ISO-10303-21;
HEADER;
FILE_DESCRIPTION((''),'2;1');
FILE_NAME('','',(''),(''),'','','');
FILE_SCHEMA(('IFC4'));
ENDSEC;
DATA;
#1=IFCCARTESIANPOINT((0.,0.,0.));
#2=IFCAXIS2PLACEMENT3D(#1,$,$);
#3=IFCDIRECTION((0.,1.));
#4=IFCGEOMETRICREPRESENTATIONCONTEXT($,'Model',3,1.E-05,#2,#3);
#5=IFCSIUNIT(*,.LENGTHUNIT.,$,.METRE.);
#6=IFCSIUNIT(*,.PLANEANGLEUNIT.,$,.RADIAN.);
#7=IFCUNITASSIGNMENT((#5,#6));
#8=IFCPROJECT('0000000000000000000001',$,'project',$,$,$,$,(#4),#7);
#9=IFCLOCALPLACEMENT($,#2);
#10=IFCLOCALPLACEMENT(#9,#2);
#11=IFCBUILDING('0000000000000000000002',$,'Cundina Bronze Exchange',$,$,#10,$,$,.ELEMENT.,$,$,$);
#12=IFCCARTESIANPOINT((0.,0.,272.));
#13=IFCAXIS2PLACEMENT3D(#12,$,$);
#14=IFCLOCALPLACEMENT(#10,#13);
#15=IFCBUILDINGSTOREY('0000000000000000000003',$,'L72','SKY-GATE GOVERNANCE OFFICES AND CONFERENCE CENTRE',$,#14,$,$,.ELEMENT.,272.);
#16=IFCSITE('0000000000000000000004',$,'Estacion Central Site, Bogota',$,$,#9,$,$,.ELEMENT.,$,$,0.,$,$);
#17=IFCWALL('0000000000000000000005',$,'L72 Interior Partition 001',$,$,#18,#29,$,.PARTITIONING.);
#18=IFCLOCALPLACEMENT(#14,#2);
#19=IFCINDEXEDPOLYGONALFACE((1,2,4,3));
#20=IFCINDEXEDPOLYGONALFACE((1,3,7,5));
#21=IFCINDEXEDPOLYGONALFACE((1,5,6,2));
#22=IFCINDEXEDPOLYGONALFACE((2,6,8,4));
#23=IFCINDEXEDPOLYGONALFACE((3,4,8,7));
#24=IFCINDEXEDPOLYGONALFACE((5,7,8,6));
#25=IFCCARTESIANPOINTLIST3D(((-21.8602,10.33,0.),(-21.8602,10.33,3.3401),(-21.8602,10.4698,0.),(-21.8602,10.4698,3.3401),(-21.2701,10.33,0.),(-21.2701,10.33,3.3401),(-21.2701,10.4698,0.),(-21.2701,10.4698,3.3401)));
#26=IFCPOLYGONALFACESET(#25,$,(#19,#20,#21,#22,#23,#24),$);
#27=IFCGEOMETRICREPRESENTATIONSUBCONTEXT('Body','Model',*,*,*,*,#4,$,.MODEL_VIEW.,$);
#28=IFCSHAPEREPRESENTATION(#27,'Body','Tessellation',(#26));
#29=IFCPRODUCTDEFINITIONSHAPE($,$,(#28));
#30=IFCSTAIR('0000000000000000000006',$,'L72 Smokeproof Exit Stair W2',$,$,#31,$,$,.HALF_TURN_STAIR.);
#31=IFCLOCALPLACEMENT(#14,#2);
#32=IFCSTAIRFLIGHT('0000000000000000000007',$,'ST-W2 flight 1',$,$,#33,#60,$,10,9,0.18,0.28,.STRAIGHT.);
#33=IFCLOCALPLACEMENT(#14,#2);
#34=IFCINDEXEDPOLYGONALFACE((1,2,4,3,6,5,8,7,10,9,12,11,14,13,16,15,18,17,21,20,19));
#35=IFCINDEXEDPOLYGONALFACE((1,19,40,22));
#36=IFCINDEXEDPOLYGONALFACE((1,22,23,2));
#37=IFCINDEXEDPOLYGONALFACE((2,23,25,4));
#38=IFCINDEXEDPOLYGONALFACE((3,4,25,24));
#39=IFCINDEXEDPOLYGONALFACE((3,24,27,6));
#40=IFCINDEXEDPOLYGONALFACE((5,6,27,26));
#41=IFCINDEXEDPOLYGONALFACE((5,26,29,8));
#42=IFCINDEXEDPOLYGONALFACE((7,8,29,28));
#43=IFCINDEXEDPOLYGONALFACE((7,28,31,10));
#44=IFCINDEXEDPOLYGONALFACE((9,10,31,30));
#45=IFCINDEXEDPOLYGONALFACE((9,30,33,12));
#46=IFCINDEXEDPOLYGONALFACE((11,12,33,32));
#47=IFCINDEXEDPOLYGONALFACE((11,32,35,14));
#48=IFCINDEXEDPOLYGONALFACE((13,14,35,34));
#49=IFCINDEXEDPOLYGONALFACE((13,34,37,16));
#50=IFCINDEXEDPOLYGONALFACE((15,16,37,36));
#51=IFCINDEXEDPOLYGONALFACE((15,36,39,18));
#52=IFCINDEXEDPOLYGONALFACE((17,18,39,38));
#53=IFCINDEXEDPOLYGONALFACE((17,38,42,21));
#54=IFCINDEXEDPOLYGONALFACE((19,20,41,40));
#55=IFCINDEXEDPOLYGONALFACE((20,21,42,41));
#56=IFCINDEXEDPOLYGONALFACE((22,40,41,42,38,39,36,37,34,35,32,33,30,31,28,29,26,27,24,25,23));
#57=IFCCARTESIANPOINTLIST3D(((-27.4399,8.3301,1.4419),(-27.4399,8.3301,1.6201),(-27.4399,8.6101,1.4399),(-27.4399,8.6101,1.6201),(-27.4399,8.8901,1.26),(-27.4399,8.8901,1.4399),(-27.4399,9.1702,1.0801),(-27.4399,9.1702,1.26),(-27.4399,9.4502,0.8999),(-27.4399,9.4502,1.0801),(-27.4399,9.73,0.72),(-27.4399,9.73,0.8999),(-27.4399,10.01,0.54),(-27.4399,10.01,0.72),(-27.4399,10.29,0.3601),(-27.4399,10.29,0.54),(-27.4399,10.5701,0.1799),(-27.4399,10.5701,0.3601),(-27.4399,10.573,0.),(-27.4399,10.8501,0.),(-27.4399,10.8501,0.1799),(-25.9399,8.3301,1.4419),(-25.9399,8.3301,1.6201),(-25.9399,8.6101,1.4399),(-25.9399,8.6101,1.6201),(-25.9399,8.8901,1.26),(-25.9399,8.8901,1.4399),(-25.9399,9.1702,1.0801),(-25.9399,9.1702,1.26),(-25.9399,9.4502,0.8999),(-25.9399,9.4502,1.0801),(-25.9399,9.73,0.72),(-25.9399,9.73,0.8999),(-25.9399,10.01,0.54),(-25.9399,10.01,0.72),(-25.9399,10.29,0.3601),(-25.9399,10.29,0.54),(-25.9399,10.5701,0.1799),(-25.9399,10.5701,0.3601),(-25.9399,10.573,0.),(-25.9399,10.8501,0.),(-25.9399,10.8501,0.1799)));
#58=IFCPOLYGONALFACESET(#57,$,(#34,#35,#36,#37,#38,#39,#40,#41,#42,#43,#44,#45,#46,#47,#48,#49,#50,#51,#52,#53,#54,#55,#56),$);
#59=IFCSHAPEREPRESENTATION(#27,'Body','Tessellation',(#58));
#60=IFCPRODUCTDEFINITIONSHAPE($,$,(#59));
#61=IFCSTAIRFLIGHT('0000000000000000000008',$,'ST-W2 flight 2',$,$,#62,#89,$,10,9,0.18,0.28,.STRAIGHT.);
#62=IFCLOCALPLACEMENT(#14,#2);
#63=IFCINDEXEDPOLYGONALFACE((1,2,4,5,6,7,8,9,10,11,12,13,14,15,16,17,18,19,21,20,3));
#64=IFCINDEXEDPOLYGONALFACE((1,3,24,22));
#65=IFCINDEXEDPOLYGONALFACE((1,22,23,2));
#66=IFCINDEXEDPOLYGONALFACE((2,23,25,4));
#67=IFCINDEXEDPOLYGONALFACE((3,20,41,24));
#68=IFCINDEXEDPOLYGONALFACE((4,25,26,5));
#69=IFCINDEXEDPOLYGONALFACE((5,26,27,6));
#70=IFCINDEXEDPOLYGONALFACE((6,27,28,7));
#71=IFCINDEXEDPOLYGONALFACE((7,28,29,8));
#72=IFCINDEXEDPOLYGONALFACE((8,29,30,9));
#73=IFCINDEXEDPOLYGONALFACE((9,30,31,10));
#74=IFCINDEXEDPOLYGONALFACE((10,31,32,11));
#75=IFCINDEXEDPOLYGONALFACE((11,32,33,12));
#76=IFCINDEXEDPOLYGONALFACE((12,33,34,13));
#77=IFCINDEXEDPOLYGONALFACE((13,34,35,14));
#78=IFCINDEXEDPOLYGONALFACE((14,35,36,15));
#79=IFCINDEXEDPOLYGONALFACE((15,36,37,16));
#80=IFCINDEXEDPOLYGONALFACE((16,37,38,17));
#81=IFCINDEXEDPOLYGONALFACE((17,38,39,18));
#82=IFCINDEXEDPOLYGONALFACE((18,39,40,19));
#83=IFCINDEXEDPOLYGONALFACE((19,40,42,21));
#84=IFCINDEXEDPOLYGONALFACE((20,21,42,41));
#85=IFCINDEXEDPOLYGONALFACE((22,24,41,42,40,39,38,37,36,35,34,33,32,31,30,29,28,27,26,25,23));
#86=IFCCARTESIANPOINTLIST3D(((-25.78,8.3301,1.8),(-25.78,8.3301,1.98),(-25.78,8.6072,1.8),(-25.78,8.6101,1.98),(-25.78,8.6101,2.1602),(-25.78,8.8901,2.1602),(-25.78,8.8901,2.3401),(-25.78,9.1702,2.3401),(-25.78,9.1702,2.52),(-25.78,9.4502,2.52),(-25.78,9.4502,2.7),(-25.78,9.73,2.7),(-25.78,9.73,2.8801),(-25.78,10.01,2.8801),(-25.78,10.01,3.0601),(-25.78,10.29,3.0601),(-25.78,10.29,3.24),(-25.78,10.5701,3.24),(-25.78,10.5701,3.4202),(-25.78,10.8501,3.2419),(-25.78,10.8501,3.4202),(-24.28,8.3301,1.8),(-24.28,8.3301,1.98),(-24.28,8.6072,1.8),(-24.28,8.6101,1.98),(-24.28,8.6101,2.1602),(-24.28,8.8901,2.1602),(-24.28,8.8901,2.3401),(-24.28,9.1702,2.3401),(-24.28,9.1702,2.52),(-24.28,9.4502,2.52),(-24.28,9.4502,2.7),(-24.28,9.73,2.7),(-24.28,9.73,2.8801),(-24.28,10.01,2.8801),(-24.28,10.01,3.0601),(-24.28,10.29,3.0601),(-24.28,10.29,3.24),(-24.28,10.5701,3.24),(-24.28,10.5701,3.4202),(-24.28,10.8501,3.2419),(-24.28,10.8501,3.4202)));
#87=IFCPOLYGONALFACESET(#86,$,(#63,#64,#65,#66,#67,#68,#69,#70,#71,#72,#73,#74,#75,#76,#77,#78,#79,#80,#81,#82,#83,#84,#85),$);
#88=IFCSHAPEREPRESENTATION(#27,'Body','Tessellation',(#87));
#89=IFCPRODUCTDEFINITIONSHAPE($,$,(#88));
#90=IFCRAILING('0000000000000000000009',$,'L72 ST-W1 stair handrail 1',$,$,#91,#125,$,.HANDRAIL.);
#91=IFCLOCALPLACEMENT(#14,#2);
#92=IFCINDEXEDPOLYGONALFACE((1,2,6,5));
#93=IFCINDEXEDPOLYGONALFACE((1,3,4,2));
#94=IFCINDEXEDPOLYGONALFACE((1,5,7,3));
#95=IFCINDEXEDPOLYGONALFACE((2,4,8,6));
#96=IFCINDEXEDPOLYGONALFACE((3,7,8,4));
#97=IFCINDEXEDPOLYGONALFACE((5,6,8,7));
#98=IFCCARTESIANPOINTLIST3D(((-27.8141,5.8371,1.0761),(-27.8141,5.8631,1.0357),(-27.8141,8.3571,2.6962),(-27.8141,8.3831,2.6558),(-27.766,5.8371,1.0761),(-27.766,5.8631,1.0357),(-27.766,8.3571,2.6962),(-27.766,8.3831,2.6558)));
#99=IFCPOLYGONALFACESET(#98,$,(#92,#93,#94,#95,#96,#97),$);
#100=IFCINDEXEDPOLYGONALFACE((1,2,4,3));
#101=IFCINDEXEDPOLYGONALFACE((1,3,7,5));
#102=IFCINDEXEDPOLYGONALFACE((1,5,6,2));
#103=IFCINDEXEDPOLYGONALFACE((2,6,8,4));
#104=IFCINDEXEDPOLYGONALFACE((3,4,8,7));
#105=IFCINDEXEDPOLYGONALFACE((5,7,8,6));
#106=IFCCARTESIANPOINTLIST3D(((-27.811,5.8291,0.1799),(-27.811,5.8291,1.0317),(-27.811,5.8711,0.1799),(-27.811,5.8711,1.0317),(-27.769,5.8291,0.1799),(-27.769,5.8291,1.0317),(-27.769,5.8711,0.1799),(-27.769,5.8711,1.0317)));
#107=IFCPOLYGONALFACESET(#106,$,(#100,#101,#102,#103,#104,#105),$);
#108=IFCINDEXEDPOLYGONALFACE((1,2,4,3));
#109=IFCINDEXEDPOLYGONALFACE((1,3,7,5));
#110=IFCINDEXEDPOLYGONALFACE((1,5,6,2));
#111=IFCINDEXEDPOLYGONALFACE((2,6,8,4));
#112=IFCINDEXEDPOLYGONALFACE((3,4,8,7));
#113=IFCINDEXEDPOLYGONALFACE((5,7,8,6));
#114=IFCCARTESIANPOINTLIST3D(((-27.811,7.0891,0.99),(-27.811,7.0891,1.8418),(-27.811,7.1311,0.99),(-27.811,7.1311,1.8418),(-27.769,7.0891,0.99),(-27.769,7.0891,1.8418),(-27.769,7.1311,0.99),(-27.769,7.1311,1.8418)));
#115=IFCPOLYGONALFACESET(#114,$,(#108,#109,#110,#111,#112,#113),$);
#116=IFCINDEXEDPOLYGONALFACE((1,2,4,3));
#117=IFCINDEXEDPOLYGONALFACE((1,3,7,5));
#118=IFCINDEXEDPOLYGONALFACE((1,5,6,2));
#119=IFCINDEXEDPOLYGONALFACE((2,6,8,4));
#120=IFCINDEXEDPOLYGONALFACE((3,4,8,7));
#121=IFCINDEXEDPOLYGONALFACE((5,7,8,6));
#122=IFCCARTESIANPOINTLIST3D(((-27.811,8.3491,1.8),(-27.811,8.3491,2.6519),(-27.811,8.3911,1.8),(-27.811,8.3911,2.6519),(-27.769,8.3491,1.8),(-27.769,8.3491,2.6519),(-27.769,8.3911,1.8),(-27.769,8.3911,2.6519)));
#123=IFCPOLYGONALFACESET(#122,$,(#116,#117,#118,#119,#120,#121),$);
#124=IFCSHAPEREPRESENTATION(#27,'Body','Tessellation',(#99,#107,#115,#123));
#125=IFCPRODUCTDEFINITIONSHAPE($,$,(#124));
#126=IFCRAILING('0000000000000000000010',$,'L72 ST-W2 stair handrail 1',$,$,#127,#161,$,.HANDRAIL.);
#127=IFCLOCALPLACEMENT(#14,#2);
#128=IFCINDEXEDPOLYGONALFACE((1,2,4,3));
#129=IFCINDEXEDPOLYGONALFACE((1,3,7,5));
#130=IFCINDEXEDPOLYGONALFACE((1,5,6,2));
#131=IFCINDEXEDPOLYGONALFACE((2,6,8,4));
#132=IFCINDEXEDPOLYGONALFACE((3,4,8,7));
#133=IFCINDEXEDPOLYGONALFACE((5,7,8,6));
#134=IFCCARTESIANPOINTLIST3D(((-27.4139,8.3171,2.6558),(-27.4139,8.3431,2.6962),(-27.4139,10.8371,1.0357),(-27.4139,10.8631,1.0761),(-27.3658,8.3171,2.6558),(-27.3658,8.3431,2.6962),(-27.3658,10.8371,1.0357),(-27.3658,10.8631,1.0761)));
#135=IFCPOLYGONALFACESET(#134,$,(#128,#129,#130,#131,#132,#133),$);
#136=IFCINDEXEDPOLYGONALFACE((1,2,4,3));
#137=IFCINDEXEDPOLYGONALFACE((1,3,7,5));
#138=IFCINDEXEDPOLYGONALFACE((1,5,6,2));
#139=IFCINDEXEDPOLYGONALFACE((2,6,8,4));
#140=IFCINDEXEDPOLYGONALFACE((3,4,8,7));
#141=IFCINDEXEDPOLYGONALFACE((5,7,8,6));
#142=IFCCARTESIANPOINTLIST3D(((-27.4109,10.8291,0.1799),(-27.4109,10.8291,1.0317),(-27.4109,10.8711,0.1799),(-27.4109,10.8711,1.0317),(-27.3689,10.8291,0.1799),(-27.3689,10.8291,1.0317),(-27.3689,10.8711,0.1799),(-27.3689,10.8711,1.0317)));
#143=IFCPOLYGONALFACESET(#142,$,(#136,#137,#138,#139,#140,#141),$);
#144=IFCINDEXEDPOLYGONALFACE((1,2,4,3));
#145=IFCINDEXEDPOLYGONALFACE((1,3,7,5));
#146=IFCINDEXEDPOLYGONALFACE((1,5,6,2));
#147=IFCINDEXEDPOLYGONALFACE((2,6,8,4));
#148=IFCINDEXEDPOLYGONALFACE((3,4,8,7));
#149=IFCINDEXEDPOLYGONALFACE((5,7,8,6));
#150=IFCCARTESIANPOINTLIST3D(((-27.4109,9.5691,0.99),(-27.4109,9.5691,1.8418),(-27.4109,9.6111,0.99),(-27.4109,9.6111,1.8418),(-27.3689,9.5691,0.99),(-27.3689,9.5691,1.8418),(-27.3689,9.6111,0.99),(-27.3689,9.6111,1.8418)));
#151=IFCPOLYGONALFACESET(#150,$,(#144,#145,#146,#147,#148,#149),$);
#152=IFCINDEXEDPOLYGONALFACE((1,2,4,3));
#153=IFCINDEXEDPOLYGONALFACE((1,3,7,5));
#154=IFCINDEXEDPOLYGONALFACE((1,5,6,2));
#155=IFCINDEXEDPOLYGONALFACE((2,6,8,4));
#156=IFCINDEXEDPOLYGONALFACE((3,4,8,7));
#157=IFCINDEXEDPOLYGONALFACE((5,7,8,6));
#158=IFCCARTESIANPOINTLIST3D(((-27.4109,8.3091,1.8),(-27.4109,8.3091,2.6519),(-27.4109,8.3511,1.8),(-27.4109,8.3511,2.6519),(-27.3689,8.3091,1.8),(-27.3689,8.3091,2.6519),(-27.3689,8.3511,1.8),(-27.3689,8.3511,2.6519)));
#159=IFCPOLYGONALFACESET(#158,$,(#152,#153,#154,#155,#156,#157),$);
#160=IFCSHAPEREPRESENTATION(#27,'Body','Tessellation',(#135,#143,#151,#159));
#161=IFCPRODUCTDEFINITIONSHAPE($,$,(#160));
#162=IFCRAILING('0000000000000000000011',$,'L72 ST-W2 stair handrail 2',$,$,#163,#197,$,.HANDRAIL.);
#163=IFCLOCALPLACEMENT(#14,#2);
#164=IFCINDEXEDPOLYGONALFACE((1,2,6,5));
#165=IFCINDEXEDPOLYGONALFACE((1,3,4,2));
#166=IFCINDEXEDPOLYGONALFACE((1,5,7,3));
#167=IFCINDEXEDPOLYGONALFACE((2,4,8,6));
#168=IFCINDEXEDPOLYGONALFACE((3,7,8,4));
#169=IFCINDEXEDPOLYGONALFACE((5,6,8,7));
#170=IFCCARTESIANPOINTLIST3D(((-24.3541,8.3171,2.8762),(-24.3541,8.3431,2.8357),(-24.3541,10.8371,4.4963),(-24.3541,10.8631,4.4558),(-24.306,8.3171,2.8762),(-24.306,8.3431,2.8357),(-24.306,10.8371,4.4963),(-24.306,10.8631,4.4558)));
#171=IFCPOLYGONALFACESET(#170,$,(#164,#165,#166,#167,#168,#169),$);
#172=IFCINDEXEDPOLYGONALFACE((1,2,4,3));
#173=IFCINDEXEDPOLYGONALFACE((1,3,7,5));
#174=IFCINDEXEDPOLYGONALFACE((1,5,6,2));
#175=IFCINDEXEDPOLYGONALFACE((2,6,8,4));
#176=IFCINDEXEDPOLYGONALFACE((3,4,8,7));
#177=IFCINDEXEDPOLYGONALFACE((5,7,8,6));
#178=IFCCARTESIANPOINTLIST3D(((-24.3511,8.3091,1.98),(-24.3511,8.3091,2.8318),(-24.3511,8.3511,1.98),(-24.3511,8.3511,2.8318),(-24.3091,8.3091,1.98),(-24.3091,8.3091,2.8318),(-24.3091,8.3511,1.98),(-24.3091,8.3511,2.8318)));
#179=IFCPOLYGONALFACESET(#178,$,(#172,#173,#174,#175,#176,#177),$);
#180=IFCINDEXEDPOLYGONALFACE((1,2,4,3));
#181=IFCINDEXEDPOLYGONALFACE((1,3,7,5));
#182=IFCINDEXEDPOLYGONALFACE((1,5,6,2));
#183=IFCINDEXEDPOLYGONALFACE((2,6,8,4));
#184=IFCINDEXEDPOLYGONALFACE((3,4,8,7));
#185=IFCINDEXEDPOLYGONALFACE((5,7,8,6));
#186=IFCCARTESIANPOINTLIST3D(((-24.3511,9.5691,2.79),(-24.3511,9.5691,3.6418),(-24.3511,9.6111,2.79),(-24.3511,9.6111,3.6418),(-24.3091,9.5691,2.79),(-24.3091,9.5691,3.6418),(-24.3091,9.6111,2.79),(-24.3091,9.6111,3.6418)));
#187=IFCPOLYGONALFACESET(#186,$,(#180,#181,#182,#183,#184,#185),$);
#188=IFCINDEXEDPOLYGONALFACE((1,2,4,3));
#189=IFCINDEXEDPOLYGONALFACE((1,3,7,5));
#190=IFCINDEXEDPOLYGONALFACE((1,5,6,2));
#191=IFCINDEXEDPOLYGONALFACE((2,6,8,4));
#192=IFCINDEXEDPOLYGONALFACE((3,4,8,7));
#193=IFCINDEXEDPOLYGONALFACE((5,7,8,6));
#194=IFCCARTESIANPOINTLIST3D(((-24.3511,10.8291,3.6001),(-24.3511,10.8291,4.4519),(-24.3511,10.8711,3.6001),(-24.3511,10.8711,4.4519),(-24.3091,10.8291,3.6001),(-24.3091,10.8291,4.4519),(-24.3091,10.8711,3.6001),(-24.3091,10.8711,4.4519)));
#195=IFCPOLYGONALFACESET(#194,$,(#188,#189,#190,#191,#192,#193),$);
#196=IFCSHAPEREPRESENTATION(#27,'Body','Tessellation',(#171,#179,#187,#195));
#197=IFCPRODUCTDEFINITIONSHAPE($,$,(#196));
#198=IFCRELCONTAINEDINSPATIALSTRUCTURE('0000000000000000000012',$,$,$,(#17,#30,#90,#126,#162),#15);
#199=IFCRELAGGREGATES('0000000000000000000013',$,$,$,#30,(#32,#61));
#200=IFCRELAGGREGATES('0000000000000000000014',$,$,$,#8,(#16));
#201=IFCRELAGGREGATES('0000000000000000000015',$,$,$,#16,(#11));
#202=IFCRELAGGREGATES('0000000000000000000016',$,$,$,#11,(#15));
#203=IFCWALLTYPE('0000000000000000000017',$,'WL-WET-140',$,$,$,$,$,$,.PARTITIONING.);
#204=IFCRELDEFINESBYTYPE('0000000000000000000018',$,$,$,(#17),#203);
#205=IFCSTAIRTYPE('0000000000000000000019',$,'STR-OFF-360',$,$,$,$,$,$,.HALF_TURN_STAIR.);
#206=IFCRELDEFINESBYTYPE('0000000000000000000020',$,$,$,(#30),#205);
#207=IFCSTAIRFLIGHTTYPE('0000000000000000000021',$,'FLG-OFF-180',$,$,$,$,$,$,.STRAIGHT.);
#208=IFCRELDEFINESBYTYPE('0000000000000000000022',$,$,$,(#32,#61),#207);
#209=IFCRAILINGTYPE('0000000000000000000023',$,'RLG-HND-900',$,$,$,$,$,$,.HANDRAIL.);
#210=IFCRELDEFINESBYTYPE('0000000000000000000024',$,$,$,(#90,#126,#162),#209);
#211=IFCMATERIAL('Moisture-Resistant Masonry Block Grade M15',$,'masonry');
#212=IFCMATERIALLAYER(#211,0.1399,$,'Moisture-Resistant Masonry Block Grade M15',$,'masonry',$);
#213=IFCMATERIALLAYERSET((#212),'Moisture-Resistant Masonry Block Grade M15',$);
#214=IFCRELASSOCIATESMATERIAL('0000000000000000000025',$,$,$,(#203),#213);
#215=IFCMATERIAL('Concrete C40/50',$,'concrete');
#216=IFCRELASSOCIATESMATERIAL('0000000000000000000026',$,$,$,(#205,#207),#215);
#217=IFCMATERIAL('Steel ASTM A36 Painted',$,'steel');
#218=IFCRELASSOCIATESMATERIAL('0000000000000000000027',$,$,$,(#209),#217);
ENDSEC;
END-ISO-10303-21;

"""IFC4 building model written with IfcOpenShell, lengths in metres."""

from ifc_helpers import new_model, si_unit, direction, frame, frame_2d, origin, origin_2d, place, context, subcontext, project, spatial, polyline, rectangle, outline, extrude, material, layer, layer_set, type_object, element, aggregate, save


model = new_model("IFC4")

# Units and contexts
model_context = context("Model", 3, precision=1e-05, world=origin(), true_north=direction((0.0, 1.0)))
body_context = subcontext(model_context, "Body", "Model", "MODEL_VIEW")
ifc_project = project(units=[si_unit("LENGTHUNIT", "METRE"), si_unit("PLANEANGLEUNIT", "RADIAN")], contexts=[model_context])

# Site, building, storey
site_placement = place(None, origin())
site = spatial("IfcSite", under=ifc_project, at=site_placement, Name="Estacion Central Site, Bogota", CompositionType="ELEMENT", RefElevation=0.0)
building_placement = place(site_placement, origin())
building = spatial("IfcBuilding", under=site, at=building_placement, Name="Cundina Bronze Exchange", CompositionType="ELEMENT")
storey_placement = place(building_placement, frame((0.0, 0.0, 272.0)))
storey = spatial("IfcBuildingStorey", under=building, at=storey_placement, Name="L72", Description="SKY-GATE GOVERNANCE OFFICES AND CONFERENCE CENTRE", CompositionType="ELEMENT", Elevation=272.0)

# Shared definitions
ifc_material_1 = material(Name="Steel ASTM A36 Painted", Category="steel")

# Wall
ifc_material_2 = material(Name="Moisture-Resistant Masonry Block Grade M15", Category="masonry")
ifc_layer_1 = layer(ifc_material_2, 0.1399, Name="Moisture-Resistant Masonry Block Grade M15", Category="masonry")
ifc_layer_set_1 = layer_set([ifc_layer_1], Name="Moisture-Resistant Masonry Block Grade M15")
wall_type_1 = type_object("IfcWallType", Name="WL-WET-140", PredefinedType="PARTITIONING", material=ifc_layer_set_1)
wall_1_placement = place(storey_placement, frame((-21.8601, 10.3999, 0.0), z_axis=(0.0, 0.0, 1.0), x_axis=(1.0, 0.0, 0.0)))
element("IfcWall", 1, at=wall_1_placement, inside=storey, type_object=wall_type_1, Name="L72 Interior Partition 001", PredefinedType="PARTITIONING", context=body_context, shape_type="SweptSolid", body=[
    extrude(rectangle(XDim=0.5901, YDim=0.1399, at=frame_2d((0.2949, 0.0))), origin(), (0.0, 0.0, 1.0), 3.3401),
])

# Stair, stair flights
ifc_material_3 = material(Name="Concrete C40/50", Category="concrete")
stair_type = type_object("IfcStairType", Name="STR-OFF-360", PredefinedType="HALF_TURN_STAIR", material=ifc_material_3)
stair_placement = place(storey_placement, origin())
stair = element("IfcStair", 2, at=stair_placement, inside=storey, type_object=stair_type, Name="L72 Smokeproof Exit Stair W2", PredefinedType="HALF_TURN_STAIR")
stair_flight_type = type_object("IfcStairFlightType", Name="FLG-OFF-180", PredefinedType="STRAIGHT", material=ifc_material_3)
stair_flight_1_placement = place(storey_placement, frame((-26.6899, 10.8501, 0.0), z_axis=(0.0, 0.0, 1.0), x_axis=(0.0, -1.0, 0.0)))
stair_flight_1 = element("IfcStairFlight", 3, at=stair_flight_1_placement, type_object=stair_flight_type, Name="ST-W2 flight 1", NumberOfRisers=10, NumberOfTreads=9, PredefinedType="STRAIGHT", RiserHeight=0.18, TreadLength=0.28, context=body_context, shape_type="SweptSolid", body=[
    extrude(outline(polyline([(0.0, 0.0), (0.0, 0.1799), (0.28, 0.1799), (0.28, 0.3601), (0.5601, 0.3601), (0.5601, 0.54), (0.8401, 0.54), (0.8401, 0.72), (1.1201, 0.72), (1.1201, 0.8999), (1.3999, 0.8999), (1.3999, 1.0801), (1.6799, 1.0801), (1.6799, 1.26), (1.96, 1.26), (1.96, 1.4399), (2.24, 1.4399), (2.24, 1.6201), (2.52, 1.6201), (2.52, 1.8), (2.52, 1.4419), (0.2771, 0.0), (0.0, 0.0)])), frame((0.0, 0.75, 0.0), z_axis=(0.0, -1.0, 0.0), x_axis=(1.0, 0.0, 0.0)), (0.0, 0.0, 1.0), 1.5),
])
stair_flight_2_placement = place(storey_placement, frame((-25.03, 8.3301, 1.8), z_axis=(0.0, 0.0, 1.0), x_axis=(0.0, 1.0, 0.0)))
stair_flight_2 = element("IfcStairFlight", 4, at=stair_flight_2_placement, type_object=stair_flight_type, Name="ST-W2 flight 2", NumberOfRisers=10, NumberOfTreads=9, PredefinedType="STRAIGHT", RiserHeight=0.18, TreadLength=0.28, context=body_context, shape_type="SweptSolid", body=[
    extrude(outline(polyline([(0.0, 0.0), (0.0, 0.1799), (0.28, 0.1799), (0.28, 0.3601), (0.5601, 0.3601), (0.5601, 0.54), (0.8401, 0.54), (0.8401, 0.72), (1.1201, 0.72), (1.1201, 0.8999), (1.3999, 0.8999), (1.3999, 1.0801), (1.6799, 1.0801), (1.6799, 1.26), (1.96, 1.26), (1.96, 1.4399), (2.24, 1.4399), (2.24, 1.6201), (2.52, 1.6201), (2.52, 1.8), (2.52, 1.4419), (0.2771, 0.0), (0.0, 0.0)])), frame((0.0, 0.75, 0.0), z_axis=(0.0, -1.0, 0.0), x_axis=(1.0, 0.0, 0.0)), (0.0, 0.0, 1.0), 1.5),
])
aggregate(stair, [stair_flight_1, stair_flight_2])

# Railings
railing_type_1 = type_object("IfcRailingType", Name="RLG-HND-900", PredefinedType="HANDRAIL", material=ifc_material_1)
railing_1_placement = place(storey_placement, frame((-27.79, 5.8501, 0.1799)))
element("IfcRailing", 5, at=railing_1_placement, inside=storey, type_object=railing_type_1, Name="L72 ST-W1 stair handrail 1", PredefinedType="HANDRAIL", context=body_context, shape_type="SweptSolid", body=[
    extrude(rectangle(XDim=0.0481, YDim=0.0481, at=origin_2d()), frame((0.0, 0.0, 0.876), z_axis=(0.0, 0.841163, 0.540782), x_axis=(-1.0, 0.0, 0.0)), (0.0, 0.0, 1.0), 2.9958),
    extrude(rectangle(XDim=0.042, YDim=0.042, at=origin_2d()), origin(), (0.0, 0.0, 1.0), 0.8518),
    extrude(rectangle(XDim=0.042, YDim=0.042, at=origin_2d()), frame((0.0, 1.26, 0.8101)), (0.0, 0.0, 1.0), 0.8518),
    extrude(rectangle(XDim=0.042, YDim=0.042, at=origin_2d()), frame((0.0, 2.52, 1.6201)), (0.0, 0.0, 1.0), 0.8518),
])
railing_2_placement = place(storey_placement, frame((-27.3899, 10.8501, 0.1799)))
element("IfcRailing", 6, at=railing_2_placement, inside=storey, type_object=railing_type_1, Name="L72 ST-W2 stair handrail 1", PredefinedType="HANDRAIL", context=body_context, shape_type="SweptSolid", body=[
    extrude(rectangle(XDim=0.0481, YDim=0.0481, at=origin_2d()), frame((0.0, 0.0, 0.876), z_axis=(0.0, -0.841163, 0.540782), x_axis=(1.0, 0.0, 0.0)), (0.0, 0.0, 1.0), 2.9958),
    extrude(rectangle(XDim=0.042, YDim=0.042, at=origin_2d()), origin(), (0.0, 0.0, 1.0), 0.8518),
    extrude(rectangle(XDim=0.042, YDim=0.042, at=origin_2d()), frame((0.0, -1.26, 0.8101)), (0.0, 0.0, 1.0), 0.8518),
    extrude(rectangle(XDim=0.042, YDim=0.042, at=origin_2d()), frame((0.0, -2.52, 1.6201)), (0.0, 0.0, 1.0), 0.8518),
])
railing_3_placement = place(storey_placement, frame((-24.3301, 8.3301, 1.98)))
element("IfcRailing", 7, at=railing_3_placement, inside=storey, type_object=railing_type_1, Name="L72 ST-W2 stair handrail 2", PredefinedType="HANDRAIL", context=body_context, shape_type="SweptSolid", body=[
    extrude(rectangle(XDim=0.0481, YDim=0.0481, at=origin_2d()), frame((0.0, 0.0, 0.876), z_axis=(0.0, 0.841163, 0.540782), x_axis=(-1.0, 0.0, 0.0)), (0.0, 0.0, 1.0), 2.9958),
    extrude(rectangle(XDim=0.042, YDim=0.042, at=origin_2d()), origin(), (0.0, 0.0, 1.0), 0.8518),
    extrude(rectangle(XDim=0.042, YDim=0.042, at=origin_2d()), frame((0.0, 1.26, 0.8101)), (0.0, 0.0, 1.0), 0.8518),
    extrude(rectangle(XDim=0.042, YDim=0.042, at=origin_2d()), frame((0.0, 2.52, 1.6201)), (0.0, 0.0, 1.0), 0.8518),
])

save(model, "model.ifc")
